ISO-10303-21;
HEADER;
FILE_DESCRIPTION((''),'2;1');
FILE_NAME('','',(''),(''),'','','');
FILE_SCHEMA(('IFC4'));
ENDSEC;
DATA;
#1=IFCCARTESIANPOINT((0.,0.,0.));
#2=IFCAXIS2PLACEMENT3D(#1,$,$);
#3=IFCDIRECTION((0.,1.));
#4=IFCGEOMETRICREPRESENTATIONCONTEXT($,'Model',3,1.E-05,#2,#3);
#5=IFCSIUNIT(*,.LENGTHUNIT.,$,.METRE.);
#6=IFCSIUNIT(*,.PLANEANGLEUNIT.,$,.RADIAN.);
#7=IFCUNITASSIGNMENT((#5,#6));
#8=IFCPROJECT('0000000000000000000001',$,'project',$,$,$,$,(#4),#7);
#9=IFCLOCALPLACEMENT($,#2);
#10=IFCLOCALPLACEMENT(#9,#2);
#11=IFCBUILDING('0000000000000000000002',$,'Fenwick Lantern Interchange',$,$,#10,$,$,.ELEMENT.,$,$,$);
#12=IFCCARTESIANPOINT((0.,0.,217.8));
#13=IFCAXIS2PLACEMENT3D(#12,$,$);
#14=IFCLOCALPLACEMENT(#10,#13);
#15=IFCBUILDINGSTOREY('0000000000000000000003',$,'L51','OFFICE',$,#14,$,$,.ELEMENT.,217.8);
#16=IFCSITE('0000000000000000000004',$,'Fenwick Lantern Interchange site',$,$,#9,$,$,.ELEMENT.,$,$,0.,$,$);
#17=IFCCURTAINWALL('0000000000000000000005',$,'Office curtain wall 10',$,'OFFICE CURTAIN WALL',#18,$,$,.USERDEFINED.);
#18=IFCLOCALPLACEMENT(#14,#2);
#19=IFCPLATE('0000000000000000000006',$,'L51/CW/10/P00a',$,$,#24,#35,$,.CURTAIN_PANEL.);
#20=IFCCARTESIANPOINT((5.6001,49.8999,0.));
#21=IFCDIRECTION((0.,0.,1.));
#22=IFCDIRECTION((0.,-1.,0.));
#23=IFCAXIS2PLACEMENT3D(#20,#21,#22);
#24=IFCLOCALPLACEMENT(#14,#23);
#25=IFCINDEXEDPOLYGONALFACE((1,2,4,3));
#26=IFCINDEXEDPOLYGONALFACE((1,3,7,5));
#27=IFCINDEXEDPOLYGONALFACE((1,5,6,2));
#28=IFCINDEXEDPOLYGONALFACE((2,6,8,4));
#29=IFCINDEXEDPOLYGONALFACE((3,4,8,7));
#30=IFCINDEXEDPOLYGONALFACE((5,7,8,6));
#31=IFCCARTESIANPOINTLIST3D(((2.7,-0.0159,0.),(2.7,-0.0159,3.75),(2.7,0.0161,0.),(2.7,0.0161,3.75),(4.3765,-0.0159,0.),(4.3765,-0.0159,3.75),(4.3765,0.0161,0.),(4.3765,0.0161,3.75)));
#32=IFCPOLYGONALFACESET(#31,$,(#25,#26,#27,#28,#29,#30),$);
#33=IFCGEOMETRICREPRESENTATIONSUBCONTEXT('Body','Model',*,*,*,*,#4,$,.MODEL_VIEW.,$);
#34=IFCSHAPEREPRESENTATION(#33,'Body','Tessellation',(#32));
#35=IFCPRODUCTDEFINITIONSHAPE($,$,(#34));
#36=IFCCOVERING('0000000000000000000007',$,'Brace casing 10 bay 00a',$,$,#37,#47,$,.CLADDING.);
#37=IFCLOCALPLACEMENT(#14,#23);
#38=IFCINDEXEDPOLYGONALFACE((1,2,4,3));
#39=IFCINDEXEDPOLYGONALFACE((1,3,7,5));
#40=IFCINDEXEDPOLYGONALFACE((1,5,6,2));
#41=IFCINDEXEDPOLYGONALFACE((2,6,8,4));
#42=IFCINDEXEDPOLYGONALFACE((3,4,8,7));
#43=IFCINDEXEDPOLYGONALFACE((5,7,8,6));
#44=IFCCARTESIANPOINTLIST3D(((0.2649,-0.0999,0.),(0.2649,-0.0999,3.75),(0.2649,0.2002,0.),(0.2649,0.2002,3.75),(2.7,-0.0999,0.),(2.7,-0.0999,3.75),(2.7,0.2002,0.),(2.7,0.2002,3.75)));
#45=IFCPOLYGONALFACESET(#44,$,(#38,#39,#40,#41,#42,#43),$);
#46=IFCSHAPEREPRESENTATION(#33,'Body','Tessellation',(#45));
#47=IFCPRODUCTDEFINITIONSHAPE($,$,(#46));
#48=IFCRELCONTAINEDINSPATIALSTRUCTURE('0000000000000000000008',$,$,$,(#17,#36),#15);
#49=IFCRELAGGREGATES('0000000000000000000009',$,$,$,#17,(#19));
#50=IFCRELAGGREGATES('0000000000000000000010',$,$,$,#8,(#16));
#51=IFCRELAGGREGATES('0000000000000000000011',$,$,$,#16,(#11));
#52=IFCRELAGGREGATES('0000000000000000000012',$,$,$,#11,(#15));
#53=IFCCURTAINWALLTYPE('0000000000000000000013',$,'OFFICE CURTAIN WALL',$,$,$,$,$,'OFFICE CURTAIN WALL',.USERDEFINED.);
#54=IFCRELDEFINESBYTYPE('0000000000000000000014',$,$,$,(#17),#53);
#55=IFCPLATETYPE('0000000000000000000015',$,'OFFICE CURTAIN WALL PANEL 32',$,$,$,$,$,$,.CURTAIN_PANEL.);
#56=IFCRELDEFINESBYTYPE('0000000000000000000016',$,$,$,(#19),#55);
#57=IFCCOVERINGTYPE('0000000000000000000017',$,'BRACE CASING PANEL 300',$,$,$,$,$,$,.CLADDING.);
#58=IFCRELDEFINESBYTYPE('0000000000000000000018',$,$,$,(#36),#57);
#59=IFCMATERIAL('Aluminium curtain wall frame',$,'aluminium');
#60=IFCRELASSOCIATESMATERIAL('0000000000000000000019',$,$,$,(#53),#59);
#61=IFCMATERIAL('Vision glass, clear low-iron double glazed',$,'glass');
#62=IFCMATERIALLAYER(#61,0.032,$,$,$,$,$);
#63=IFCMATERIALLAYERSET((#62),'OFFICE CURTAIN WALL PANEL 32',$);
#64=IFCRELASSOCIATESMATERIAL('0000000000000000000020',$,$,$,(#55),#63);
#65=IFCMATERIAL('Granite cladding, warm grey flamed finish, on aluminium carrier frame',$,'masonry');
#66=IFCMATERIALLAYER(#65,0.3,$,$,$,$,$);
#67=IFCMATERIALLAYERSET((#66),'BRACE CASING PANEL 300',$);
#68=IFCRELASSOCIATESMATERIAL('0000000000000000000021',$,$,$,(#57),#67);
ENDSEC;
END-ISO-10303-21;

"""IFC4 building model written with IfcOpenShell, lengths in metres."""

from ifc_helpers import new_model, si_unit, direction, frame, origin, place, context, subcontext, project, spatial, polyline, outline, extrude, material, layer, layer_set, type_object, element, aggregate, save


model = new_model("IFC4")

# Units and contexts
model_context = context("Model", 3, precision=1e-05, world=origin(), true_north=direction((0.0, 1.0)))
body_context = subcontext(model_context, "Body", "Model", "MODEL_VIEW")
ifc_project = project(units=[si_unit("LENGTHUNIT", "METRE"), si_unit("PLANEANGLEUNIT", "RADIAN")], contexts=[model_context])

# Site, building, storey
site_placement = place(None, origin())
site = spatial("IfcSite", under=ifc_project, at=site_placement, Name="Fenwick Lantern Interchange site", CompositionType="ELEMENT", RefElevation=0.0)
building_placement = place(site_placement, origin())
building = spatial("IfcBuilding", under=site, at=building_placement, Name="Fenwick Lantern Interchange", CompositionType="ELEMENT")
storey_placement = place(building_placement, frame((0.0, 0.0, 217.8)))
storey = spatial("IfcBuildingStorey", under=building, at=storey_placement, Name="L51", Description="OFFICE", CompositionType="ELEMENT", Elevation=217.8)

# Curtain wall
ifc_material_1 = material(Name="Aluminium curtain wall frame", Category="aluminium")
curtain_wall_type = type_object("IfcCurtainWallType", Name="OFFICE CURTAIN WALL", ElementType="OFFICE CURTAIN WALL", PredefinedType="USERDEFINED", material=ifc_material_1)
curtain_wall_1_placement = place(storey_placement, origin())
curtain_wall_1 = element("IfcCurtainWall", 1, at=curtain_wall_1_placement, inside=storey, type_object=curtain_wall_type, Name="Office curtain wall 10", ObjectType="OFFICE CURTAIN WALL", PredefinedType="USERDEFINED")

# Plate
ifc_material_2 = material(Name="Vision glass, clear low-iron double glazed", Category="glass")
ifc_layer_1 = layer(ifc_material_2, 0.032)
ifc_layer_set_1 = layer_set([ifc_layer_1], Name="OFFICE CURTAIN WALL PANEL 32")
plate_type = type_object("IfcPlateType", Name="OFFICE CURTAIN WALL PANEL 32", PredefinedType="CURTAIN_PANEL", material=ifc_layer_set_1)
plate_1_placement = place(storey_placement, frame((5.6001, 49.8999, 0.0), z_axis=(0.0, 0.0, 1.0), x_axis=(0.0, -1.0, 0.0)))
plate_1 = element("IfcPlate", 2, at=plate_1_placement, type_object=plate_type, Name="L51/CW/10/P00a", PredefinedType="CURTAIN_PANEL", context=body_context, shape_type="SweptSolid", body=[
    extrude(outline(polyline([(2.7, 0.0), (4.3765, 0.0), (4.3765, 3.75), (2.7, 3.75), (2.7, 0.0)])), frame((0.0, 0.0161, 0.0), z_axis=(0.0, -1.0, 0.0), x_axis=(1.0, 0.0, 0.0)), (0.0, 0.0, 1.0), 0.032),
])
aggregate(curtain_wall_1, [plate_1])

# Covering
ifc_material_3 = material(Name="Granite cladding, warm grey flamed finish, on aluminium carrier frame", Category="masonry")
ifc_layer_2 = layer(ifc_material_3, 0.3)
ifc_layer_set_2 = layer_set([ifc_layer_2], Name="BRACE CASING PANEL 300")
covering_type = type_object("IfcCoveringType", Name="BRACE CASING PANEL 300", PredefinedType="CLADDING", material=ifc_layer_set_2)
covering_placement = place(storey_placement, frame((5.6001, 49.8999, 0.0), z_axis=(0.0, 0.0, 1.0), x_axis=(0.0, -1.0, 0.0)))
element("IfcCovering", 3, at=covering_placement, inside=storey, type_object=covering_type, Name="Brace casing 10 bay 00a", PredefinedType="CLADDING", context=body_context, shape_type="SweptSolid", body=[
    extrude(outline(polyline([(0.2649, 0.0), (2.7, 0.0), (2.7, 3.75), (0.2649, 3.75), (0.2649, 0.0)])), frame((0.0, 0.2002, 0.0), z_axis=(0.0, -1.0, 0.0), x_axis=(1.0, 0.0, 0.0)), (0.0, 0.0, 1.0), 0.3),
])

save(model, "model.ifc")
